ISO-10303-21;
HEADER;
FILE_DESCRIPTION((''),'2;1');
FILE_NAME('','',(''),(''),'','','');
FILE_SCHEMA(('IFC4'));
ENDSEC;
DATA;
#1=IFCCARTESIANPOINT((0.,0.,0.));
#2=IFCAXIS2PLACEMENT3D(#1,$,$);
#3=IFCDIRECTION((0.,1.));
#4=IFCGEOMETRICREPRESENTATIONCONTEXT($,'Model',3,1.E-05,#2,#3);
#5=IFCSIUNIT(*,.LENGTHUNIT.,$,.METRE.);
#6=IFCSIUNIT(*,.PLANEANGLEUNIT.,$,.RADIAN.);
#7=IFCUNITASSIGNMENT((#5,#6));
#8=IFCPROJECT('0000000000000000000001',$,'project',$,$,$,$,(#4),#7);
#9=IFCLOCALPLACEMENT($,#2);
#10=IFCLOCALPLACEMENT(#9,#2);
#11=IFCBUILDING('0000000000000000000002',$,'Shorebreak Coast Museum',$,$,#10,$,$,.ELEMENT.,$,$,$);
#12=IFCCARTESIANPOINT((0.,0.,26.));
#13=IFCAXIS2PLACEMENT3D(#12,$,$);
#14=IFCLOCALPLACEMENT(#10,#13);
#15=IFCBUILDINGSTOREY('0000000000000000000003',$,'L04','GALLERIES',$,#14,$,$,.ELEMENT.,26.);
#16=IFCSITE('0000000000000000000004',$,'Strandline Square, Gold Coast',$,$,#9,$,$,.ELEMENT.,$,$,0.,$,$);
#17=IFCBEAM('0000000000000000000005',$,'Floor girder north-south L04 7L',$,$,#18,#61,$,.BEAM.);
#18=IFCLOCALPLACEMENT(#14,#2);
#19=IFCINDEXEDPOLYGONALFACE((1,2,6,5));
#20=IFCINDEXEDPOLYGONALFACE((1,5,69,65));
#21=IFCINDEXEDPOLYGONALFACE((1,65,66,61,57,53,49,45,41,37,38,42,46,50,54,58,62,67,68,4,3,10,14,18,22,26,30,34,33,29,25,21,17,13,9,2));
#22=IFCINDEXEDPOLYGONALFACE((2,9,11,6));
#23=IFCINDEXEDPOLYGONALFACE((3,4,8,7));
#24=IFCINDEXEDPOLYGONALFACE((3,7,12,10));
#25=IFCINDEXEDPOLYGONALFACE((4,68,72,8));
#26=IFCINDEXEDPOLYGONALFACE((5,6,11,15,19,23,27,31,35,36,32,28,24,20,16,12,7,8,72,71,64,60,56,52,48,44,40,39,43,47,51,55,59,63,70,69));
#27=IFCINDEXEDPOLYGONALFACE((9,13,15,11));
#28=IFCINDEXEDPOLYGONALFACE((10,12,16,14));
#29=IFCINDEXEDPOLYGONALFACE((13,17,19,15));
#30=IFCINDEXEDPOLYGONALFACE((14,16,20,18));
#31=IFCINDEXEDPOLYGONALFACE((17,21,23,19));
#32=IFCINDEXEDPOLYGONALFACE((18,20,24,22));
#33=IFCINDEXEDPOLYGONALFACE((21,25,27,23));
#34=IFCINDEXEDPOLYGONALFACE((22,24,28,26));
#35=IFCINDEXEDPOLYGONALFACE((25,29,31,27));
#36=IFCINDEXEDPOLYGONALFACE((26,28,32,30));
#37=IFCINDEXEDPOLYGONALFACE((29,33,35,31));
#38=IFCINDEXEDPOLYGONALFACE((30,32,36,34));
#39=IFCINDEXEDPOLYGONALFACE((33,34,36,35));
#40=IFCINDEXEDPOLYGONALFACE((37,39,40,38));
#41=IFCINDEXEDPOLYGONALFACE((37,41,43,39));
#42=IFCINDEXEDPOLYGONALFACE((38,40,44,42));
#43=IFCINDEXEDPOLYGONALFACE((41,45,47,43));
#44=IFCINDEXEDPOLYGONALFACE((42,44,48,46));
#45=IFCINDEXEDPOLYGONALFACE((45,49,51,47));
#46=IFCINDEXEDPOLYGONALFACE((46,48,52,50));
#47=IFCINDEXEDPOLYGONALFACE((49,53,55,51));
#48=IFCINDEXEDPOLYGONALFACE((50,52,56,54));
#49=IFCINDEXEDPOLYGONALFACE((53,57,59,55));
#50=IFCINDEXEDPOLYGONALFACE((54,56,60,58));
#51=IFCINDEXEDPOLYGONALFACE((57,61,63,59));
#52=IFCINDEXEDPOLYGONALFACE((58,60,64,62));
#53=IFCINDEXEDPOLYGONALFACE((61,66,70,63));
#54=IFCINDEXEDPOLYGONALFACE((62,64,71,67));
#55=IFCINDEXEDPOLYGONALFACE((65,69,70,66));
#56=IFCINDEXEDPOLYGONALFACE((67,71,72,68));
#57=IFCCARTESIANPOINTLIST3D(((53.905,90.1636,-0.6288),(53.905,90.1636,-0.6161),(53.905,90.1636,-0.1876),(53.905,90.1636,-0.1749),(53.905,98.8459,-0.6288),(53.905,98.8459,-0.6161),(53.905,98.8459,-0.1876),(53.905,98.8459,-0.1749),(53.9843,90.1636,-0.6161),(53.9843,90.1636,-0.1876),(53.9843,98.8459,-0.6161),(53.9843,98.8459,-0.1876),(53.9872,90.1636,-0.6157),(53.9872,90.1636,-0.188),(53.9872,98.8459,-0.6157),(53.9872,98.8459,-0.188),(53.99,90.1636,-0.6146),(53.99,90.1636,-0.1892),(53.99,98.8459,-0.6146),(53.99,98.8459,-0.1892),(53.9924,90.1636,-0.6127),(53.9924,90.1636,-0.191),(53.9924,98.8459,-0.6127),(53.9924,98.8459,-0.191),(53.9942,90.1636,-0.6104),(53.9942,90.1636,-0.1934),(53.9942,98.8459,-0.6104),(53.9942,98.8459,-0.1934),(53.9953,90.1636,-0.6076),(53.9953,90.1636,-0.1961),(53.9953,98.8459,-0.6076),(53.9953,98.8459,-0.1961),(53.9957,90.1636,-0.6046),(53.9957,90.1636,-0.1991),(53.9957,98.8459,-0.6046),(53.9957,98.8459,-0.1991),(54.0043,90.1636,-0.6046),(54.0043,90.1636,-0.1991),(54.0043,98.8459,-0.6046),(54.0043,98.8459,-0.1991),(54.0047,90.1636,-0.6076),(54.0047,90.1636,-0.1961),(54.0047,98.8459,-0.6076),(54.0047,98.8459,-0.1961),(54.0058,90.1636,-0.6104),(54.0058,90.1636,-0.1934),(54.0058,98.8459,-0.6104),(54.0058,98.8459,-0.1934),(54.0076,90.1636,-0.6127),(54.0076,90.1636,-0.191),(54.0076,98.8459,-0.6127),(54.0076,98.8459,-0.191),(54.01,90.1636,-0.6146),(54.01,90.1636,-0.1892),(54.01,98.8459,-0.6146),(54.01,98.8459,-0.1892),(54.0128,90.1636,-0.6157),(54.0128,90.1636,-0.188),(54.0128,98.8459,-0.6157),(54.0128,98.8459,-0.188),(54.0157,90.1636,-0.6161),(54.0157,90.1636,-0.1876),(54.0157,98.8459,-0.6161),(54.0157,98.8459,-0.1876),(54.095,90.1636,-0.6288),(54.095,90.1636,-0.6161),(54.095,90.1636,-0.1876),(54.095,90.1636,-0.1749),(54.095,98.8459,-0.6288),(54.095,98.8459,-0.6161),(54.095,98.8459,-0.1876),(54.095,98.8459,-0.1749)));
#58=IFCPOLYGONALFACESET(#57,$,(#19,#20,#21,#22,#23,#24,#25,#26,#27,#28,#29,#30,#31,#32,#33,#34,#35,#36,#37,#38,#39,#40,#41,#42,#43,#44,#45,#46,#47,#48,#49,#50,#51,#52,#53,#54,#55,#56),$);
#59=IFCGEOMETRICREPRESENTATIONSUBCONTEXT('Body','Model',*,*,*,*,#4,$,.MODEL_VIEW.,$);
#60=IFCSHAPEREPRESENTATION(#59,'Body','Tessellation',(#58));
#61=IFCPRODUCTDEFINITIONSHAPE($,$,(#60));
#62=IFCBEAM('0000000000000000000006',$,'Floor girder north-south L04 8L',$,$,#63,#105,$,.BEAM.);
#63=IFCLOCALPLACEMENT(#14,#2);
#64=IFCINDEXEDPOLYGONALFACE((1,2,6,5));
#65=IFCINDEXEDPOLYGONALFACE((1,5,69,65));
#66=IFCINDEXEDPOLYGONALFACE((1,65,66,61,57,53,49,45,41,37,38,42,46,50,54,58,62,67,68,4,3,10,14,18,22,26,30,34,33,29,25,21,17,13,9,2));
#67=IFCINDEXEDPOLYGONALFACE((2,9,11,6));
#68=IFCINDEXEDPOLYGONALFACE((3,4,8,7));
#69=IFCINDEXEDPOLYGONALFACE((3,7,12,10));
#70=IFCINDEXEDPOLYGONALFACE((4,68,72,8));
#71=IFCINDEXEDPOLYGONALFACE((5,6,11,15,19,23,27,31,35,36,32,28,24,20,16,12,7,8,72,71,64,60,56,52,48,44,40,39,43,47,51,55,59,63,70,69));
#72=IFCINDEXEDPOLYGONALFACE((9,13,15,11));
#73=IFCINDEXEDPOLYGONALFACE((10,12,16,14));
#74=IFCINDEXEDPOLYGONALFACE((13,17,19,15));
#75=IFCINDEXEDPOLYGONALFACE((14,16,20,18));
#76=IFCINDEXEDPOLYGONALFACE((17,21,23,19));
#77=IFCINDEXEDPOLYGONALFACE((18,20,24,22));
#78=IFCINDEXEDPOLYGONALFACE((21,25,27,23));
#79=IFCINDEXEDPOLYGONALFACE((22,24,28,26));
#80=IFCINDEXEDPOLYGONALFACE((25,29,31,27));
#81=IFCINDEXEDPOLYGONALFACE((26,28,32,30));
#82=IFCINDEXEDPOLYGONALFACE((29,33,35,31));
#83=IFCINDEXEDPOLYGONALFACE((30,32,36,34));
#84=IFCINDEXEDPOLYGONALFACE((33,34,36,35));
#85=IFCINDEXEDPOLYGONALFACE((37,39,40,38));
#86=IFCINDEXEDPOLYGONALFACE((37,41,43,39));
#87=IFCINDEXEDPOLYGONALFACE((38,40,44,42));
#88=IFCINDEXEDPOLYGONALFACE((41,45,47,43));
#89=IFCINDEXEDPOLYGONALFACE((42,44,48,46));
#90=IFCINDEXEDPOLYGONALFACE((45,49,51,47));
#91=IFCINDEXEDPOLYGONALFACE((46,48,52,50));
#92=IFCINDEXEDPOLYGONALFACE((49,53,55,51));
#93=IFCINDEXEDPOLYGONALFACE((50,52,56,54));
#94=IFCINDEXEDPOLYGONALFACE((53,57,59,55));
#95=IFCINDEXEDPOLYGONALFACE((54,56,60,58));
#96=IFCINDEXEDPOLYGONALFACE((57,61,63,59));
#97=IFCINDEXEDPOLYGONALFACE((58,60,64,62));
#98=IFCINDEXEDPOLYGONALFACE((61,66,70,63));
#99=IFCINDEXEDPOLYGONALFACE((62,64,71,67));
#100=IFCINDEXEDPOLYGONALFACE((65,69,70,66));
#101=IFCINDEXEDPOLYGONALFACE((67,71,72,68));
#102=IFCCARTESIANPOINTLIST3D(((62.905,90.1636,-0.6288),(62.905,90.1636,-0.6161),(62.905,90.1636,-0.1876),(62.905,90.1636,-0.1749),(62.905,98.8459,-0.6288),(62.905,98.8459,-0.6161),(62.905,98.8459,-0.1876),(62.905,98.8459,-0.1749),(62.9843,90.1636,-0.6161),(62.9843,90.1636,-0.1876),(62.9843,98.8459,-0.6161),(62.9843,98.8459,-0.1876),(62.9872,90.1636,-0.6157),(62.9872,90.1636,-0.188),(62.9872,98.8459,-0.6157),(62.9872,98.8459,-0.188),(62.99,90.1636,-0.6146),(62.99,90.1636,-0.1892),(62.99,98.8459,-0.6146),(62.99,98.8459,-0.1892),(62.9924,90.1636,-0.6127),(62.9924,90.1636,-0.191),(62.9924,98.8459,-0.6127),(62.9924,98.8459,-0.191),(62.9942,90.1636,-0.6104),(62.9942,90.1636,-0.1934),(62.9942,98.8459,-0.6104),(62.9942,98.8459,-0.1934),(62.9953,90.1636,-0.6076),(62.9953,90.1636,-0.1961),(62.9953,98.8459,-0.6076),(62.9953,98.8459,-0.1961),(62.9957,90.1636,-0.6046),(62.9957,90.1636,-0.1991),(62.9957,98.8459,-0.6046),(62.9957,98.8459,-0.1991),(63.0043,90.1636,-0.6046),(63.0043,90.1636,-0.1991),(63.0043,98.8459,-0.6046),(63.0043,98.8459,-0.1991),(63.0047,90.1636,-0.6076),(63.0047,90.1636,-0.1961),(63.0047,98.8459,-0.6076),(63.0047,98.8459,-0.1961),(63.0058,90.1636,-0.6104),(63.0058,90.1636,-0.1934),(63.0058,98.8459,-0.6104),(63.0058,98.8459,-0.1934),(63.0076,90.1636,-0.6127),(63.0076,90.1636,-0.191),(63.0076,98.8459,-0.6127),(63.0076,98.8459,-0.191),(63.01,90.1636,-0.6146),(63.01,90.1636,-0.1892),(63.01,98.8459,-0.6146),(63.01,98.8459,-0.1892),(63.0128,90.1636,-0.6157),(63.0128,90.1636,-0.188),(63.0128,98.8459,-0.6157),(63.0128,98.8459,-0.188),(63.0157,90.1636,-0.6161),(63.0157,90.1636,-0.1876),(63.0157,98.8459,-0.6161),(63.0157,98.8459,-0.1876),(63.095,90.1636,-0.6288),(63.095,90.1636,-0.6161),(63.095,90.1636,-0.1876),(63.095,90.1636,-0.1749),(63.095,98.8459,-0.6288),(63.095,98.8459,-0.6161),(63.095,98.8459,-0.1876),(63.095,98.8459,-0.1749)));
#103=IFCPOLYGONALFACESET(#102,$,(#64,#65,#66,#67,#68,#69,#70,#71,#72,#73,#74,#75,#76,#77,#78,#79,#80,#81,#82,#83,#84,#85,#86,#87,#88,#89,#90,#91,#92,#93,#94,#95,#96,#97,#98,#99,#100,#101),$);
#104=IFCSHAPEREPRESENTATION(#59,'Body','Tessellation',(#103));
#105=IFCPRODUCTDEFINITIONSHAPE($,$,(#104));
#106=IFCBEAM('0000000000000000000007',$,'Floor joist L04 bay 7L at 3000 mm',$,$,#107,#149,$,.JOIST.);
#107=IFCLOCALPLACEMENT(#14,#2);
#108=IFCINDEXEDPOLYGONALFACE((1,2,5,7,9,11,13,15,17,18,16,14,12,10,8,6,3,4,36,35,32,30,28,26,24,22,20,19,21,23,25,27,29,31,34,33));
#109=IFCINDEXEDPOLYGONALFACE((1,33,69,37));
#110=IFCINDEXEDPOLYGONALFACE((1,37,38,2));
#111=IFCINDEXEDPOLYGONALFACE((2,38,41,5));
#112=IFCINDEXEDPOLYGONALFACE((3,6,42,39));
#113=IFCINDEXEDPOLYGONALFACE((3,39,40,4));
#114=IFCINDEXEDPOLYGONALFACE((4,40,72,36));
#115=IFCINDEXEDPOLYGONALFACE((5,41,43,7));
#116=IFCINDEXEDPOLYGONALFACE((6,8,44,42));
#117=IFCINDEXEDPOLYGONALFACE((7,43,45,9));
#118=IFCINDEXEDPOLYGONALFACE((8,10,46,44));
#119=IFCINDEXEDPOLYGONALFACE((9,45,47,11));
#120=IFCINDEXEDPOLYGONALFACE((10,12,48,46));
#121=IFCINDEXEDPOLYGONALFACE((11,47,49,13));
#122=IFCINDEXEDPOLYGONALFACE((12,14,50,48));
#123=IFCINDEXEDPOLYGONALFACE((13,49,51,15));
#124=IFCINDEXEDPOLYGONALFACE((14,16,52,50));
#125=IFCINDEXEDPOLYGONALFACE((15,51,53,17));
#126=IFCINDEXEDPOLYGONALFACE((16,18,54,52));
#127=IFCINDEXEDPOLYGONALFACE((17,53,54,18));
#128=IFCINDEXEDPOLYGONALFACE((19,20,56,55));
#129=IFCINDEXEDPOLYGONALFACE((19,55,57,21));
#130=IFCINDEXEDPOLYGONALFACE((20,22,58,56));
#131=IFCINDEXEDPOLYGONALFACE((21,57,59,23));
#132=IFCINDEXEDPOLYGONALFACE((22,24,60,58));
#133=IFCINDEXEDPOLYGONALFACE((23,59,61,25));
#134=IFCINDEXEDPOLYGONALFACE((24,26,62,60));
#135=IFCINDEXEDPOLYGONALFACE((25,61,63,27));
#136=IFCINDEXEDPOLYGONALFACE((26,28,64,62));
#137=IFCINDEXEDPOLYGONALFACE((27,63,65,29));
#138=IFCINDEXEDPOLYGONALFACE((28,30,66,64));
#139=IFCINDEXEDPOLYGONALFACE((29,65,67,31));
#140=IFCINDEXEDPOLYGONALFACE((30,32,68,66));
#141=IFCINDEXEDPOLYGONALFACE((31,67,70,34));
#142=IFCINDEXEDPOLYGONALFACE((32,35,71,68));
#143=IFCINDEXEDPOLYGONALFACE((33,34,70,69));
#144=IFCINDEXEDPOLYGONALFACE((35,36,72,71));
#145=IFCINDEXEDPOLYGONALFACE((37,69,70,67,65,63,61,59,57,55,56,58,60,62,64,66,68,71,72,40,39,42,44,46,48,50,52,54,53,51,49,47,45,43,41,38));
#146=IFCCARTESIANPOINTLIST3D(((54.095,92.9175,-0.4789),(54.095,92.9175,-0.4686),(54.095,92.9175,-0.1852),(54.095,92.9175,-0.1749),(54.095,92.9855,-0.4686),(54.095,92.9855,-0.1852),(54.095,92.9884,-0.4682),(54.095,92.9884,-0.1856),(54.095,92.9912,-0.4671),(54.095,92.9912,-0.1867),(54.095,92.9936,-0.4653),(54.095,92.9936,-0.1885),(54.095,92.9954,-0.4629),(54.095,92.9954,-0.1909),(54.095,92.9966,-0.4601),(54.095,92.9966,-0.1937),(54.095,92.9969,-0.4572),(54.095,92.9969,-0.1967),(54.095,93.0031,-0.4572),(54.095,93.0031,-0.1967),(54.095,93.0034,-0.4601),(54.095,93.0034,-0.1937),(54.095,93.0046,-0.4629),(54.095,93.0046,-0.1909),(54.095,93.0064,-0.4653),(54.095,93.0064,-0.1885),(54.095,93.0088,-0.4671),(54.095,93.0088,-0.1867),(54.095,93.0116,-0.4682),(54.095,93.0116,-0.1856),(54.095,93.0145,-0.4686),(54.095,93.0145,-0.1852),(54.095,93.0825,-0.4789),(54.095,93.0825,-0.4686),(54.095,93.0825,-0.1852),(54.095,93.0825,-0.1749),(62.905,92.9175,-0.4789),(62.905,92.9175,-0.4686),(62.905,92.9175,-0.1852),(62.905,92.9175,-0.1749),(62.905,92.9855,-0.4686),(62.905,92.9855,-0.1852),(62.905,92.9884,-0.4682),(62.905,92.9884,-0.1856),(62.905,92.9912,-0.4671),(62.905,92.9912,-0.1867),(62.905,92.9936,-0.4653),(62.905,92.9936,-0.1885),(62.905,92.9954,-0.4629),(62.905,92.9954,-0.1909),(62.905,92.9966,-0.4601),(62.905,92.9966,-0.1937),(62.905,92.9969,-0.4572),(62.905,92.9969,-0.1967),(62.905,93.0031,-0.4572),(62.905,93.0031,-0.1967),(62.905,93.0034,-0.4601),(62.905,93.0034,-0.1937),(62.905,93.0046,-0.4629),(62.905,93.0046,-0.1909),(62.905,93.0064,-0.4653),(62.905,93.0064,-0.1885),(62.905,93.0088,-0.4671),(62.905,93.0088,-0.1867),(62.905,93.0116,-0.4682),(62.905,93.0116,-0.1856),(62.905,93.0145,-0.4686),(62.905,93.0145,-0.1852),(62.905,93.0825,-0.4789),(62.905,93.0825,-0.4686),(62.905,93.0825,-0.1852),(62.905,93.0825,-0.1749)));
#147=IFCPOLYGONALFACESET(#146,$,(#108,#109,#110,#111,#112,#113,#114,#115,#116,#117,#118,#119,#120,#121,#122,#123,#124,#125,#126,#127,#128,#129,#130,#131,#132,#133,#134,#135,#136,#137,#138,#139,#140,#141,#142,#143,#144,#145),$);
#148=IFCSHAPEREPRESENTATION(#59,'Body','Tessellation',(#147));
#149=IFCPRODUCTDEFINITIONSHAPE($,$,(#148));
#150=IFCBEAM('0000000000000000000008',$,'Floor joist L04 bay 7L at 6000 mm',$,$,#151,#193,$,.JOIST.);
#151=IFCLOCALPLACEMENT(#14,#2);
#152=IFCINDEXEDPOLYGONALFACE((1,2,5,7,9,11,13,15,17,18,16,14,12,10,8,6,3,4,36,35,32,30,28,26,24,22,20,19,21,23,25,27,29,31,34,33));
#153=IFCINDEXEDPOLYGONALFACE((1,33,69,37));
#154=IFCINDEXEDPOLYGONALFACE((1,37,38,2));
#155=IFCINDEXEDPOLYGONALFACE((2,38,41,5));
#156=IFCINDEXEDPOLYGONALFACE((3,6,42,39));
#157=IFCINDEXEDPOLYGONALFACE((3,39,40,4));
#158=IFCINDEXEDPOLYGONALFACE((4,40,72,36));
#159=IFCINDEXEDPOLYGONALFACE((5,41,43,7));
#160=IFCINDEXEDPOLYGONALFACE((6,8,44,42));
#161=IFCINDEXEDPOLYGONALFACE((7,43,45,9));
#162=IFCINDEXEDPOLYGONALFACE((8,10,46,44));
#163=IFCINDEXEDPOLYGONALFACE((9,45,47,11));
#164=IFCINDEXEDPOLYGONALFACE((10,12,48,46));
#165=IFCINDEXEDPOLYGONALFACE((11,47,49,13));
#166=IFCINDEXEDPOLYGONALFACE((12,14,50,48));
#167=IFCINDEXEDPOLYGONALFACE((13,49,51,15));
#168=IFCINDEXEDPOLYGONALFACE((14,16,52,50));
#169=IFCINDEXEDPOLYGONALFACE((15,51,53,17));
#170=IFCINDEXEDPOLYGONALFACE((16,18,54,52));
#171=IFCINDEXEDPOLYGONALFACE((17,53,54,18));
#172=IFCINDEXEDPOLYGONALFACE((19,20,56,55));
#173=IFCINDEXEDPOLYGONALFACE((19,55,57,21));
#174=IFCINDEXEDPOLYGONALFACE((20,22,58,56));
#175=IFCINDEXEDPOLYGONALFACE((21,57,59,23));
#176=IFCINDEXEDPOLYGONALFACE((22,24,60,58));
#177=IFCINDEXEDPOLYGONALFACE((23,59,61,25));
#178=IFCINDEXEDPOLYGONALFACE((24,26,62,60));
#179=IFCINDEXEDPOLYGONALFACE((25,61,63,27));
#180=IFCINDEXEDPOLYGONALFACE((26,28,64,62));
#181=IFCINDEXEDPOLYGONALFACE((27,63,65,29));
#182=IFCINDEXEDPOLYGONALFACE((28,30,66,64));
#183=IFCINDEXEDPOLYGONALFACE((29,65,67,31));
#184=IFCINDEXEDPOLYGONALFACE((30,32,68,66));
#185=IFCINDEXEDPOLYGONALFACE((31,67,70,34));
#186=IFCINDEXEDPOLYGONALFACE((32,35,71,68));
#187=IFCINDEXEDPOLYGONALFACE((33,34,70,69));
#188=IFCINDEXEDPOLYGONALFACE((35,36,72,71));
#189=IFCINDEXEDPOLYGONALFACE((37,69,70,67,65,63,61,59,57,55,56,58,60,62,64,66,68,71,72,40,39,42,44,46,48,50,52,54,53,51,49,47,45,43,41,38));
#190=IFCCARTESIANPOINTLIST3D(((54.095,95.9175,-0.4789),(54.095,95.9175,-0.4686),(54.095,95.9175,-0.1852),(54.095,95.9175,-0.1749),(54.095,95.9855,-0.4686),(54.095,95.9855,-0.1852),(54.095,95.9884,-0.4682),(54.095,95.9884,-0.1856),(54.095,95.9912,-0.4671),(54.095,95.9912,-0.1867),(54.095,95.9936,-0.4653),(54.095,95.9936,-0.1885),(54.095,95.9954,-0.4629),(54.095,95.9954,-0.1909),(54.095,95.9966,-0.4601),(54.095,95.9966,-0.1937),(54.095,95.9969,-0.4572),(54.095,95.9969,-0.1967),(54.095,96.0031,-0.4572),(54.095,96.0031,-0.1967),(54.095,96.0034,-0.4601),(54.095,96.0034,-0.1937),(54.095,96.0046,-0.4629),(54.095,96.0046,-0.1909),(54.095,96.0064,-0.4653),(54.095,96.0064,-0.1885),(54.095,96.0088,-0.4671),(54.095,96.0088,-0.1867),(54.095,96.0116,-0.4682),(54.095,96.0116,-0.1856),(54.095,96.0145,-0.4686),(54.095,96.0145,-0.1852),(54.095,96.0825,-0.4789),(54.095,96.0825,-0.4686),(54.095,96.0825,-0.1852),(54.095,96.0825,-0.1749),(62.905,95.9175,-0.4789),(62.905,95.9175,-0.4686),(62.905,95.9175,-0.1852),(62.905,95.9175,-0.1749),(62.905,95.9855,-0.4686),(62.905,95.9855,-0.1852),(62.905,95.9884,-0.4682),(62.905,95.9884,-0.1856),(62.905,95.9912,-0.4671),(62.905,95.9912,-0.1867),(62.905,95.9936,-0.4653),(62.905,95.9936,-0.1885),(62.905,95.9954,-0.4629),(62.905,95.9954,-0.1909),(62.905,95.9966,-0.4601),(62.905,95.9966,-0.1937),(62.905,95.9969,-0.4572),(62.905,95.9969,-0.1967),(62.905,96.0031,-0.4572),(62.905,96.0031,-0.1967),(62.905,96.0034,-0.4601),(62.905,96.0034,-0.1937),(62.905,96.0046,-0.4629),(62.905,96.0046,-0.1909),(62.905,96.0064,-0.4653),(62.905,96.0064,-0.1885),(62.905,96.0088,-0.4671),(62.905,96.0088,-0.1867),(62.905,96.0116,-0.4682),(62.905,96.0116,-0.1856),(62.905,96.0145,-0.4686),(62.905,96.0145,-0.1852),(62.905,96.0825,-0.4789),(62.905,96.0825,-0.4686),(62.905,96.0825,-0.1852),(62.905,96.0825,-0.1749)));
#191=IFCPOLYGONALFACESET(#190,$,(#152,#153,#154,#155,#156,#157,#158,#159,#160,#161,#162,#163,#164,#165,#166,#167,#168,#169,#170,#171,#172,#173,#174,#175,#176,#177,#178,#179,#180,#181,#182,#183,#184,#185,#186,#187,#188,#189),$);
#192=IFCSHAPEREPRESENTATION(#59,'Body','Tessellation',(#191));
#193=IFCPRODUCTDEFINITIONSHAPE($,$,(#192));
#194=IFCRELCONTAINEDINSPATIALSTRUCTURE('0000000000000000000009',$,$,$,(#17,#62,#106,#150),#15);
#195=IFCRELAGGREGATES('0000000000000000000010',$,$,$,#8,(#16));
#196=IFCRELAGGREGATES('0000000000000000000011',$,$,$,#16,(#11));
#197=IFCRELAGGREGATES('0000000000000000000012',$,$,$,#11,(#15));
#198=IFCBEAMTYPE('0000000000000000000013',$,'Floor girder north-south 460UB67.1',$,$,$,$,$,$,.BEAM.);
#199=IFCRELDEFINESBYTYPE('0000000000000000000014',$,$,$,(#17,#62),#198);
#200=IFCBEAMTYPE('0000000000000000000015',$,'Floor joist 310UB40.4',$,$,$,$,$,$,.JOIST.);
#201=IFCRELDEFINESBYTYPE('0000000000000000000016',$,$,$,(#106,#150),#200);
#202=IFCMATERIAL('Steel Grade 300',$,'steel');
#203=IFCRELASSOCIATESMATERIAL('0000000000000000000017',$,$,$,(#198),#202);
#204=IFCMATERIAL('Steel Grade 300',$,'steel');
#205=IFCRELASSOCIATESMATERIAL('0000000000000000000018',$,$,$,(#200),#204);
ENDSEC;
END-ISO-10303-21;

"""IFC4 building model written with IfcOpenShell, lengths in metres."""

from ifc_helpers import new_model, si_unit, direction, frame, origin, origin_2d, place, context, subcontext, project, spatial, i_section, extrude, material, material_profile, profile_set, type_object, element, save


model = new_model("IFC4")

# Units and contexts
model_context = context("Model", 3, precision=1e-05, world=origin(), true_north=direction((0.0, 1.0)))
body_context = subcontext(model_context, "Body", "Model", "MODEL_VIEW")
ifc_project = project(units=[si_unit("LENGTHUNIT", "METRE"), si_unit("PLANEANGLEUNIT", "RADIAN")], contexts=[model_context])

# Site, building, storey
site_placement = place(None, origin())
site = spatial("IfcSite", under=ifc_project, at=site_placement, Name="Strandline Square, Gold Coast", CompositionType="ELEMENT", RefElevation=0.0)
building_placement = place(site_placement, origin())
building = spatial("IfcBuilding", under=site, at=building_placement, Name="Shorebreak Coast Museum", CompositionType="ELEMENT")
storey_placement = place(building_placement, frame((0.0, 0.0, 26.0)))
storey = spatial("IfcBuildingStorey", under=building, at=storey_placement, Name="L04", Description="GALLERIES", CompositionType="ELEMENT", Elevation=26.0)

# Beams
ifc_material_1 = material(Name="Steel Grade 300", Category="steel")
ifc_material_profile_1 = material_profile(ifc_material_1, i_section(OverallWidth=0.1899, OverallDepth=0.4539, WebThickness=0.0085, FlangeThickness=0.0127, FilletRadius=0.0115, at=origin_2d()), Name="460UB67.1")
ifc_profile_set_1 = profile_set([ifc_material_profile_1], Name="Steel Grade 300")
beam_type_1 = type_object("IfcBeamType", Name="Floor girder north-south 460UB67.1", PredefinedType="BEAM", material=ifc_profile_set_1)
for number, where, z_axis, x_axis, name in (
    (1, (54.0, 90.1636, -0.4019), (0.0, 1.0, 0.0), (-1.0, 0.0, 0.0), "Floor girder north-south L04 7L"),
    (2, (63.0, 90.1636, -0.4019), (0.0, 1.0, 0.0), (-1.0, 0.0, 0.0), "Floor girder north-south L04 8L"),
):
    element("IfcBeam", number, at=place(storey_placement, frame(where, z_axis=z_axis, x_axis=x_axis)), inside=storey, type_object=beam_type_1, Name=name, PredefinedType="BEAM", context=body_context, shape_type="SweptSolid", body=[
        extrude(i_section(OverallWidth=0.1899, OverallDepth=0.4539, WebThickness=0.0085, FlangeThickness=0.0127, FilletRadius=0.0115, at=origin_2d()), origin(), (0.0, 0.0, 1.0), 8.6824),
    ])
ifc_material_2 = material(Name="Steel Grade 300", Category="steel")
ifc_material_profile_2 = material_profile(ifc_material_2, i_section(OverallWidth=0.165, OverallDepth=0.304, WebThickness=0.0061, FlangeThickness=0.0103, FilletRadius=0.0115, at=origin_2d()), Name="310UB40.4")
ifc_profile_set_2 = profile_set([ifc_material_profile_2], Name="Steel Grade 300")
beam_type_2 = type_object("IfcBeamType", Name="Floor joist 310UB40.4", PredefinedType="JOIST", material=ifc_profile_set_2)
for number, where, z_axis, x_axis, name in (
    (3, (54.095, 93.0, -0.3269), (1.0, 0.0, 0.0), (0.0, 1.0, 0.0), "Floor joist L04 bay 7L at 3000 mm"),
    (4, (54.095, 96.0, -0.3269), (1.0, 0.0, 0.0), (0.0, 1.0, 0.0), "Floor joist L04 bay 7L at 6000 mm"),
):
    element("IfcBeam", number, at=place(storey_placement, frame(where, z_axis=z_axis, x_axis=x_axis)), inside=storey, type_object=beam_type_2, Name=name, PredefinedType="JOIST", context=body_context, shape_type="SweptSolid", body=[
        extrude(i_section(OverallWidth=0.165, OverallDepth=0.304, WebThickness=0.0061, FlangeThickness=0.0103, FilletRadius=0.0115, at=origin_2d()), origin(), (0.0, 0.0, 1.0), 8.8101),
    ])

save(model, "model.ifc")
